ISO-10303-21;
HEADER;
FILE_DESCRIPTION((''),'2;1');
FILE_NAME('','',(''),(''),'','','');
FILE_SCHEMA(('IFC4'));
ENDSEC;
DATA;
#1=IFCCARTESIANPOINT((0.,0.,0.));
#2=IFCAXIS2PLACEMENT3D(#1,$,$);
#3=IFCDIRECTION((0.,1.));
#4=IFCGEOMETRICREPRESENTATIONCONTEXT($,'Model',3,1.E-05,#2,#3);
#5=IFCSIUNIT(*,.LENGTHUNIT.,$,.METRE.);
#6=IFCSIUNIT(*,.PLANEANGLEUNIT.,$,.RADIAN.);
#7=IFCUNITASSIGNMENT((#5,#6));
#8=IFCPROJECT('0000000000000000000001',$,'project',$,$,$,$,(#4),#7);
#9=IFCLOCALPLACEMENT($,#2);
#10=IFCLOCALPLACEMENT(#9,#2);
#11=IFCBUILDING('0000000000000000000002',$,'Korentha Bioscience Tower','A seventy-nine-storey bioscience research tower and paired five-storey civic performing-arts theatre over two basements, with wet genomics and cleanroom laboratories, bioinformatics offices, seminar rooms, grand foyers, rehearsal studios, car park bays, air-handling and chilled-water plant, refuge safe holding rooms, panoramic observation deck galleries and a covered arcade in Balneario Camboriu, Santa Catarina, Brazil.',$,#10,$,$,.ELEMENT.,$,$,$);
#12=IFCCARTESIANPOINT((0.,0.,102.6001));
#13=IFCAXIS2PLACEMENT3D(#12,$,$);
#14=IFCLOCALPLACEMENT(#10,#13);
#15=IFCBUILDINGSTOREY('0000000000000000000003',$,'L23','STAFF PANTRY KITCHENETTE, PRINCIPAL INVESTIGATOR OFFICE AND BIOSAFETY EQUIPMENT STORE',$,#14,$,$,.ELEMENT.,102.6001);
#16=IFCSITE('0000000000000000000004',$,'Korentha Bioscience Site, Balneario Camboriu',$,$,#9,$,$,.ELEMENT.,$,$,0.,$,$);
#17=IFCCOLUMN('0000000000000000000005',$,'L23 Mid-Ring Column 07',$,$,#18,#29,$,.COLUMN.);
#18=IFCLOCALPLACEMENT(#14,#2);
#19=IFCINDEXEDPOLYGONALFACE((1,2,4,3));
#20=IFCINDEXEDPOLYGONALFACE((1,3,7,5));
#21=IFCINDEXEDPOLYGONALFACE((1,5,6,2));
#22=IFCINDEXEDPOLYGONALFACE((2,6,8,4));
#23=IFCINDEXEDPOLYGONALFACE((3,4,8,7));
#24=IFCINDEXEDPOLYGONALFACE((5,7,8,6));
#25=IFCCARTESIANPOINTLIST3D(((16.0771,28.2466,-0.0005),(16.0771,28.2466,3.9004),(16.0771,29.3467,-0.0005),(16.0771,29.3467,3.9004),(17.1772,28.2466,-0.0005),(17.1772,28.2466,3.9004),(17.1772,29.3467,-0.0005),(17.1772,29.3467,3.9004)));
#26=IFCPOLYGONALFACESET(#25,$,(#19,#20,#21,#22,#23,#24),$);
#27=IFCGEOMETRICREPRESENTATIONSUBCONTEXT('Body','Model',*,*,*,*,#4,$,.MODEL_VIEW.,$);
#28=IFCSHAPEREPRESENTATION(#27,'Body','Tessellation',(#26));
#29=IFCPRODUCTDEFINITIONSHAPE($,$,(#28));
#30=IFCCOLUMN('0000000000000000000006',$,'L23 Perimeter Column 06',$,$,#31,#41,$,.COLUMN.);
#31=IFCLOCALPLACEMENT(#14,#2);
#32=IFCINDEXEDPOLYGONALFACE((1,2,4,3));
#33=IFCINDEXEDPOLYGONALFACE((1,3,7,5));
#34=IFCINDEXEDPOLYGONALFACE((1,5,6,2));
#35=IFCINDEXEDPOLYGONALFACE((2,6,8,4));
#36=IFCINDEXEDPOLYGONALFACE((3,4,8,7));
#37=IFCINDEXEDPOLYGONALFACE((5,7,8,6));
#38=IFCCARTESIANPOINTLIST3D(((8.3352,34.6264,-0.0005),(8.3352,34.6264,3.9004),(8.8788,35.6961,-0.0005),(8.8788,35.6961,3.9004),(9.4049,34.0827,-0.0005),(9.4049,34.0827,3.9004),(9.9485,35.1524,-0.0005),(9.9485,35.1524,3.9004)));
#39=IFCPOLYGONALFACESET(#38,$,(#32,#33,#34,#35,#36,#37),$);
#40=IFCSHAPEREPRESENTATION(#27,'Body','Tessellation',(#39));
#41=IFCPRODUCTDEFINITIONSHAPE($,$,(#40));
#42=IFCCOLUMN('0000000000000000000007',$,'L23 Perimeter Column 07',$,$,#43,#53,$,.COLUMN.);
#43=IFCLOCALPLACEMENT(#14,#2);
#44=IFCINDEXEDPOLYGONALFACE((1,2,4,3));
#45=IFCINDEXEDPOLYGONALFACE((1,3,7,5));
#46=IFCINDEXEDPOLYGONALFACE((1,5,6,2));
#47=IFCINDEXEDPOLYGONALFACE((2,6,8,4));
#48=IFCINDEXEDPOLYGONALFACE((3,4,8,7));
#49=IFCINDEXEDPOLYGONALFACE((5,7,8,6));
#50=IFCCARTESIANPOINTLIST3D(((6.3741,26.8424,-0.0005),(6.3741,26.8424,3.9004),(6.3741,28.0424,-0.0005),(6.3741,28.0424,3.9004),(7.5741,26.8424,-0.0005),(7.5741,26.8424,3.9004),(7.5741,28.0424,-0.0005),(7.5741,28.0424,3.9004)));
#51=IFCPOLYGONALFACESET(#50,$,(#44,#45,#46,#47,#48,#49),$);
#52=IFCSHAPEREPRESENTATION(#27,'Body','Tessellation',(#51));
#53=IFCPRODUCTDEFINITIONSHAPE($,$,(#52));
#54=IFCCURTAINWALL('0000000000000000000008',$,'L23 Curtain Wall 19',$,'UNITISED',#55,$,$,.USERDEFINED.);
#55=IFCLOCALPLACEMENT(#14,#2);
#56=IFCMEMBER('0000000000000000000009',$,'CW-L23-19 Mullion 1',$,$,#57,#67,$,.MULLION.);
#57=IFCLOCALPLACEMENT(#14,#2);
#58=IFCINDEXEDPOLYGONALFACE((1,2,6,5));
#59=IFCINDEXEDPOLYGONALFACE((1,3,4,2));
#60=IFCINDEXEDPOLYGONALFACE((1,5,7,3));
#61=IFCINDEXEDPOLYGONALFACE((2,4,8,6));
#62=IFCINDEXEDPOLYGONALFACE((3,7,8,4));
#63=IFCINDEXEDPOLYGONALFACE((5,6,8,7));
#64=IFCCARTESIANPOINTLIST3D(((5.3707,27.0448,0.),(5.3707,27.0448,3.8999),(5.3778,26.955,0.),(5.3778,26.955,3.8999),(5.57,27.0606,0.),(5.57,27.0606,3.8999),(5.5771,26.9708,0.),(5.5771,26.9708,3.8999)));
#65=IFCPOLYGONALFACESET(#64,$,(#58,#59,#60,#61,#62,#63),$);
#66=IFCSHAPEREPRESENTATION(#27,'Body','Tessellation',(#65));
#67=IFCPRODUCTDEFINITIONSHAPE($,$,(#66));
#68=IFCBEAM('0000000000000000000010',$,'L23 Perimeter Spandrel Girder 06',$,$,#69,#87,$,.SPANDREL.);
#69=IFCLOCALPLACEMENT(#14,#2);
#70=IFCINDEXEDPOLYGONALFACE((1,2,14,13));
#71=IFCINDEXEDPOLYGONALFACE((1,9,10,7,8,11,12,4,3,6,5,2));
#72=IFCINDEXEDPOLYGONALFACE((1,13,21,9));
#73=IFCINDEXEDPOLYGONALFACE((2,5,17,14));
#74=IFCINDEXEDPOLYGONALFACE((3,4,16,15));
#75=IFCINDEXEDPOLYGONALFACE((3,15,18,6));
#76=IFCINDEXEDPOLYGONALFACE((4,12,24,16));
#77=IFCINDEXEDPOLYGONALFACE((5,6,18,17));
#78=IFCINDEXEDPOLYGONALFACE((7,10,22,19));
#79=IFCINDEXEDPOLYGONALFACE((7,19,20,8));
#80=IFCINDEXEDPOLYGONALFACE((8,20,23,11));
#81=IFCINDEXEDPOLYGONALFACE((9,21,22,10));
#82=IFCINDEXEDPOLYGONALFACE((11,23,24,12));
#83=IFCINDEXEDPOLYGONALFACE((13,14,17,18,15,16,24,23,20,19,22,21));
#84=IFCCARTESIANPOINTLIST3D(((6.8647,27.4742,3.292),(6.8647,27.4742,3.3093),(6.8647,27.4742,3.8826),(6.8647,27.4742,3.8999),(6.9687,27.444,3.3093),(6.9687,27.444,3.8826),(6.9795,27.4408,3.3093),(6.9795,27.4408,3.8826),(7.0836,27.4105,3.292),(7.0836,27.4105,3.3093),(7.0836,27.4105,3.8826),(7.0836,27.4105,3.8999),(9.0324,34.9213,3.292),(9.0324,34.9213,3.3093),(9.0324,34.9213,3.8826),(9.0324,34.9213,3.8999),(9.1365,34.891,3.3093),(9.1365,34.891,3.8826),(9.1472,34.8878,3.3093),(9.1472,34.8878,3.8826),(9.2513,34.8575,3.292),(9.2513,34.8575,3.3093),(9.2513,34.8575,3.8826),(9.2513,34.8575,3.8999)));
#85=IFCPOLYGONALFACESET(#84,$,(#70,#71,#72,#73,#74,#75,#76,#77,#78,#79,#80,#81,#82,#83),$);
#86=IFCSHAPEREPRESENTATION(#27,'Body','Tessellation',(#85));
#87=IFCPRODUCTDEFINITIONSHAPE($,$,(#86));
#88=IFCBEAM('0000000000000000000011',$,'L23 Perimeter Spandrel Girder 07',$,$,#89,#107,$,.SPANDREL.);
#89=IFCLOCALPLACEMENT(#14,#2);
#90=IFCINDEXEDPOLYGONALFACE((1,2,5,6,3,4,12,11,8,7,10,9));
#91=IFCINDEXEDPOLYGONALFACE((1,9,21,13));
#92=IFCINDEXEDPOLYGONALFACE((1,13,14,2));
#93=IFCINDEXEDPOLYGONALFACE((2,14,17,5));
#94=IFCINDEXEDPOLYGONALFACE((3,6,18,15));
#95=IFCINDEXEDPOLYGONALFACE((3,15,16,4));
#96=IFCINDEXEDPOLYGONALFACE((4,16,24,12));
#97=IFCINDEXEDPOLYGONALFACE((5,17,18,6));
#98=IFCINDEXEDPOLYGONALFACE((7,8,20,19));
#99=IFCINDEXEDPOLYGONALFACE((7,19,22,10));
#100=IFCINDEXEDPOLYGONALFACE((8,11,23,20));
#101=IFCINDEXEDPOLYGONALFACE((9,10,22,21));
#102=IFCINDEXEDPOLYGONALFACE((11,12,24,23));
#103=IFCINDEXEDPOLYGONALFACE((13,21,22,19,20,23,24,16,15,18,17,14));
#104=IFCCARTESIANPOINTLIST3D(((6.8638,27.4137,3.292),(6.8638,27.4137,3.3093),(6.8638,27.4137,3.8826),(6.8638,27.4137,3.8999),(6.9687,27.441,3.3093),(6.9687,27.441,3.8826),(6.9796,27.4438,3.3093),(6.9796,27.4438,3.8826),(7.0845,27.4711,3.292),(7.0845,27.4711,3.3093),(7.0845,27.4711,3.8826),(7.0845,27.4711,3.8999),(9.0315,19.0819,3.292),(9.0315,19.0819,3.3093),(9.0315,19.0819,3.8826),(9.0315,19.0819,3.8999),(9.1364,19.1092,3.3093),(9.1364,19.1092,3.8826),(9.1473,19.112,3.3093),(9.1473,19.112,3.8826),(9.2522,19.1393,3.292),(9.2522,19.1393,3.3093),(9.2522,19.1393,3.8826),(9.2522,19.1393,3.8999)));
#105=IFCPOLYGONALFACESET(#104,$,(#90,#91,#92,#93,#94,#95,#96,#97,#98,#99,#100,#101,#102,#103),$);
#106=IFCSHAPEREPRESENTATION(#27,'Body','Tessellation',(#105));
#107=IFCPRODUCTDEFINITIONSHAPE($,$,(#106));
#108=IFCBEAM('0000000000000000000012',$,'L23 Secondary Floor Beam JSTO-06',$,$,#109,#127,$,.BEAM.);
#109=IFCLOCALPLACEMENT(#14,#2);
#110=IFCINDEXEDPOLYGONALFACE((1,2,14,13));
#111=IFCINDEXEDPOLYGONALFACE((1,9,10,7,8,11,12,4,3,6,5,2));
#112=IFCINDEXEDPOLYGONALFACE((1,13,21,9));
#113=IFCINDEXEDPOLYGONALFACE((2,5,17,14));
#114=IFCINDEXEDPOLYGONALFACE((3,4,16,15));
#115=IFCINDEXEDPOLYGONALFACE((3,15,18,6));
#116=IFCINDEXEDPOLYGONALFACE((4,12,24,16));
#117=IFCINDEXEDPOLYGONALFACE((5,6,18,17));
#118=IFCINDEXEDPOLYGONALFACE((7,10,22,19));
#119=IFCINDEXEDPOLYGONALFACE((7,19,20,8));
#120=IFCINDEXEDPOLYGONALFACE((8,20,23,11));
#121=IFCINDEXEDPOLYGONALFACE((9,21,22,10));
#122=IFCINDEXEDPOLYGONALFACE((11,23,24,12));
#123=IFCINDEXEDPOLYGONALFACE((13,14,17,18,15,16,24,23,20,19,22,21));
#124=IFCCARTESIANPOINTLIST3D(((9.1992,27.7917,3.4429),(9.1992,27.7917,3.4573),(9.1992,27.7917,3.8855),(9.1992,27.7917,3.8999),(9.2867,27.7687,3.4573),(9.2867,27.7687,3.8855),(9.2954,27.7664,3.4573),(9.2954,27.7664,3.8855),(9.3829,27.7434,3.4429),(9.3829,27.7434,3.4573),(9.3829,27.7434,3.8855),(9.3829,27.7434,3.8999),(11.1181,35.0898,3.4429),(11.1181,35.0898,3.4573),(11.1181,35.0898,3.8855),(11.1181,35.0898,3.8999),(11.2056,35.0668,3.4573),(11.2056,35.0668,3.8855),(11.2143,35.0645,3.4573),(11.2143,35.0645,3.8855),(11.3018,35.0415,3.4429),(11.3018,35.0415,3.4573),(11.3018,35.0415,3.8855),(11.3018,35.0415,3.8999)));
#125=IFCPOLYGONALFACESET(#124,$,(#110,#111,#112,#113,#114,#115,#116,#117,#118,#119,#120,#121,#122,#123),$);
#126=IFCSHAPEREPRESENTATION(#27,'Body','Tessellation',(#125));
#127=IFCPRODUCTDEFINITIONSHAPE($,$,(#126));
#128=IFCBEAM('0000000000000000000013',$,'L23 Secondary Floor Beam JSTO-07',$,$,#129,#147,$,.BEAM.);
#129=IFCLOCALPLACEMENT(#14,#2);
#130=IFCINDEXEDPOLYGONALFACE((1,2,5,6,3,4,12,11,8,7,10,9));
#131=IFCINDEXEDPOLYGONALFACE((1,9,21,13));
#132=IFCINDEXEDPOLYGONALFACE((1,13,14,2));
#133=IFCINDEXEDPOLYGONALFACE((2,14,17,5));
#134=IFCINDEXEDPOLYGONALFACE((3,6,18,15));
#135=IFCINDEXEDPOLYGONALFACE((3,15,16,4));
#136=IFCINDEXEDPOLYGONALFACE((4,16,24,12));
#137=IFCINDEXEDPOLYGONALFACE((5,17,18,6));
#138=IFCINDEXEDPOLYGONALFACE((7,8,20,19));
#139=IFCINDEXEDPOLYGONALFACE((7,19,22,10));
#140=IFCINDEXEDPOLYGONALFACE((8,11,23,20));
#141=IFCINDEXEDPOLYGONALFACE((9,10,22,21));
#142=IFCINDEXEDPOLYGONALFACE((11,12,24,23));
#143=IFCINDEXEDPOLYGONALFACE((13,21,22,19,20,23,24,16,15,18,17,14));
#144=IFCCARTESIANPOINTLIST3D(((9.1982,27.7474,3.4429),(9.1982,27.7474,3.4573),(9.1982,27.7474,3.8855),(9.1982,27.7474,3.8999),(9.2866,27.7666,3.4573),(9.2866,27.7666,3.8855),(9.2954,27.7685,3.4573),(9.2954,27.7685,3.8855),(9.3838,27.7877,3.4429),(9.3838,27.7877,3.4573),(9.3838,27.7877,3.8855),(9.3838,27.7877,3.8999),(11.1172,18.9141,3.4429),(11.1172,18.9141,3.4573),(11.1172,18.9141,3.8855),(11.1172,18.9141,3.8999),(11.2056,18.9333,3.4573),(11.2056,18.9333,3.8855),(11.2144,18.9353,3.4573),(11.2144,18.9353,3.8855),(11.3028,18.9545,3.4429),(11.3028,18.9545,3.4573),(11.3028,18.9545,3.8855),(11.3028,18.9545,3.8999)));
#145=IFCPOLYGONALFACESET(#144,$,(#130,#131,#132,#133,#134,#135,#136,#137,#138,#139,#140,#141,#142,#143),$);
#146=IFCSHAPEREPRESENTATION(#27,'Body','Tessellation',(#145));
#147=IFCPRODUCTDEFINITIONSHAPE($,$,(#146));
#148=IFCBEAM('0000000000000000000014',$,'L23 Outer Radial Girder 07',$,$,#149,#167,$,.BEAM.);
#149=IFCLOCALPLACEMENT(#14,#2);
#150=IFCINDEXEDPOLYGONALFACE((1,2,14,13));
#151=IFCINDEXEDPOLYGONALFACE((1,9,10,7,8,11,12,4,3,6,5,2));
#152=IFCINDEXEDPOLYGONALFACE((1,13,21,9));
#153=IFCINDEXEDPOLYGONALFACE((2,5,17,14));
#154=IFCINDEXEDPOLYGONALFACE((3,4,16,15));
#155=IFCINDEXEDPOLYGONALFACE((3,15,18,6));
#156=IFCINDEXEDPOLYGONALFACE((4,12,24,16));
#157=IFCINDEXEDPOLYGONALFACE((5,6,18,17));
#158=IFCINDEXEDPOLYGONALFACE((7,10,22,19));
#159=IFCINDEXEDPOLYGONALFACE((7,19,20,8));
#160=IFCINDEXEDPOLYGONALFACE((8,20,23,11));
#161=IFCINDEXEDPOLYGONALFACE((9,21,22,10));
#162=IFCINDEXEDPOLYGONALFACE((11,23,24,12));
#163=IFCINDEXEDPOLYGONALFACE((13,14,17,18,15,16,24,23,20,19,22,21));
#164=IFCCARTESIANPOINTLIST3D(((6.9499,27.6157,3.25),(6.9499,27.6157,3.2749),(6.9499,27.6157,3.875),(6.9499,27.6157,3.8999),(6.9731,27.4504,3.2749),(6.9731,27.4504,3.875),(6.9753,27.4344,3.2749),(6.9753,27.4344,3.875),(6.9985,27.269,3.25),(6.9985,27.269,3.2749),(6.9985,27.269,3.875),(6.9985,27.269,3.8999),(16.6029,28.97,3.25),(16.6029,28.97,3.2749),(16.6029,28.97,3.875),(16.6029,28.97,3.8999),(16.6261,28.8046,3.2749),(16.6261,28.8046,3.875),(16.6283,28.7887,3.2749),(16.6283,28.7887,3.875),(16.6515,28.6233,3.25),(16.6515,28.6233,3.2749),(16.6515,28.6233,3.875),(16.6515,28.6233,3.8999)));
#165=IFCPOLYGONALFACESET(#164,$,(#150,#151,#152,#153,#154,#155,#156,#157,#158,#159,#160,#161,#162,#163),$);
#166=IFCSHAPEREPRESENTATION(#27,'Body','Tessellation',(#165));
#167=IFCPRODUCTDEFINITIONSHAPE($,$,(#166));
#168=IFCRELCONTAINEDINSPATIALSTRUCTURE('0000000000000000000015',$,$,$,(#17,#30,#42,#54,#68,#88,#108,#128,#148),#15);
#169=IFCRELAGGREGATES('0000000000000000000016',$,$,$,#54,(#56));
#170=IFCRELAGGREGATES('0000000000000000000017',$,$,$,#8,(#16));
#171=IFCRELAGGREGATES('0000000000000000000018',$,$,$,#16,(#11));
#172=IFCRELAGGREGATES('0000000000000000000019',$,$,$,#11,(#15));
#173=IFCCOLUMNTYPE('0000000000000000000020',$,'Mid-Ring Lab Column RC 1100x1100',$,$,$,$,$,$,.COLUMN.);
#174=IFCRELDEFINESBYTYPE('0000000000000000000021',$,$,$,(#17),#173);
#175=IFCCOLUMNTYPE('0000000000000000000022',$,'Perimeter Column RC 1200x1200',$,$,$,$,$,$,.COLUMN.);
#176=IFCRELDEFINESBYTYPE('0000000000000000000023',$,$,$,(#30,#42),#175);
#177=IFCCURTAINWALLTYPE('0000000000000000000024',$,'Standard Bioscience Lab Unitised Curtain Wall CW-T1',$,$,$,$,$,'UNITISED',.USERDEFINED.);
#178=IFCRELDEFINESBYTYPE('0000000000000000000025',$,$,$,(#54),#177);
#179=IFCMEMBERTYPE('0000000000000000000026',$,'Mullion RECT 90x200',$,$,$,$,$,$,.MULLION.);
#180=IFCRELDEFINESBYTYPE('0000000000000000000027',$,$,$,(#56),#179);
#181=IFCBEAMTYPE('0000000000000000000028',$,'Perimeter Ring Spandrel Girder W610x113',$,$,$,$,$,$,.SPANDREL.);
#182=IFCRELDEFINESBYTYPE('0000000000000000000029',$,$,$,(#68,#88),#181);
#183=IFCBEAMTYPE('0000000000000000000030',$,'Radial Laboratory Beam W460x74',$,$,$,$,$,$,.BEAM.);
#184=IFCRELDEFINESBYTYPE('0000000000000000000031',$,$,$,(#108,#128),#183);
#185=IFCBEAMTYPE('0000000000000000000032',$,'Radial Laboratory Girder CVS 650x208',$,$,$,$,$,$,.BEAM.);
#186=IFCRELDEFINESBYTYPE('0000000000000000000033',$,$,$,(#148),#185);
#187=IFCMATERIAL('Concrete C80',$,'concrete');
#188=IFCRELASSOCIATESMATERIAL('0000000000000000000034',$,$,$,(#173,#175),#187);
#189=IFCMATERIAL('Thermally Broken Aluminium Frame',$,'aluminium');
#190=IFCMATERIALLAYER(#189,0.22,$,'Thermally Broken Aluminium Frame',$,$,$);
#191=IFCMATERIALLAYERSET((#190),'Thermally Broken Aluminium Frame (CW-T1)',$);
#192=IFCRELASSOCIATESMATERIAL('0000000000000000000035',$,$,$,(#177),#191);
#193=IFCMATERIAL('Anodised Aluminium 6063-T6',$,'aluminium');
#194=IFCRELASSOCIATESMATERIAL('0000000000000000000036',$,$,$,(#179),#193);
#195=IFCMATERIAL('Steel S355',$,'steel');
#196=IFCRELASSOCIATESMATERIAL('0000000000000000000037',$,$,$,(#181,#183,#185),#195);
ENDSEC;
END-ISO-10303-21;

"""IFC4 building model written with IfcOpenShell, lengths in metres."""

from ifc_helpers import new_model, si_unit, direction, frame, origin, origin_2d, place, context, subcontext, project, spatial, rectangle, i_section, extrude, material, layer, layer_set, material_profile, profile_set, type_object, element, aggregate, save


model = new_model("IFC4")

# Units and contexts
model_context = context("Model", 3, precision=1e-05, world=origin(), true_north=direction((0.0, 1.0)))
body_context = subcontext(model_context, "Body", "Model", "MODEL_VIEW")
ifc_project = project(units=[si_unit("LENGTHUNIT", "METRE"), si_unit("PLANEANGLEUNIT", "RADIAN")], contexts=[model_context])

# Site, building, storey
site_placement = place(None, origin())
site = spatial("IfcSite", under=ifc_project, at=site_placement, Name="Korentha Bioscience Site, Balneario Camboriu", CompositionType="ELEMENT", RefElevation=0.0)
building_placement = place(site_placement, origin())
building = spatial("IfcBuilding", under=site, at=building_placement, Name="Korentha Bioscience Tower", Description="A seventy-nine-storey bioscience research tower and paired five-storey civic performing-arts theatre over two basements, with wet genomics and cleanroom laboratories, bioinformatics offices, seminar rooms, grand foyers, rehearsal studios, car park bays, air-handling and chilled-water plant, refuge safe holding rooms, panoramic observation deck galleries and a covered arcade in Balneario Camboriu, Santa Catarina, Brazil.", CompositionType="ELEMENT")
storey_placement = place(building_placement, frame((0.0, 0.0, 102.6001)))
storey = spatial("IfcBuildingStorey", under=building, at=storey_placement, Name="L23", Description="STAFF PANTRY KITCHENETTE, PRINCIPAL INVESTIGATOR OFFICE AND BIOSAFETY EQUIPMENT STORE", CompositionType="ELEMENT", Elevation=102.6001)

# Columns
ifc_material_1 = material(Name="Concrete C80", Category="concrete")
ifc_material_profile_1 = material_profile(ifc_material_1, rectangle(XDim=1.1001, YDim=1.1001, at=origin_2d()), Name="Concrete C80")
ifc_profile_set_1 = profile_set([ifc_material_profile_1], Name="Concrete C80 (COL-MR11)")
column_type_1 = type_object("IfcColumnType", Name="Mid-Ring Lab Column RC 1100x1100", PredefinedType="COLUMN", material=ifc_profile_set_1)
column_placement = place(storey_placement, frame((16.6272, 28.7966, -0.0005), z_axis=(0.0, 0.0, 1.0), x_axis=(1.0, 0.0, 0.0)))
element("IfcColumn", 1, at=column_placement, inside=storey, type_object=column_type_1, Name="L23 Mid-Ring Column 07", PredefinedType="COLUMN", context=body_context, shape_type="SweptSolid", body=[
    extrude(rectangle(XDim=1.1001, YDim=1.1001, at=origin_2d()), origin(), (0.0, 0.0, 1.0), 3.9009),
])
ifc_material_profile_2 = material_profile(ifc_material_1, rectangle(XDim=1.2, YDim=1.2, at=origin_2d()), Name="Concrete C80")
ifc_profile_set_2 = profile_set([ifc_material_profile_2], Name="Concrete C80 (COL-P12)")
column_type_2 = type_object("IfcColumnType", Name="Perimeter Column RC 1200x1200", PredefinedType="COLUMN", material=ifc_profile_set_2)
for number, where, z_axis, x_axis, name in (
    (2, (9.1418, 34.8894, -0.0005), (0.0, 0.0, 1.0), (0.453057, 0.891481, 0.0), "L23 Perimeter Column 06"),
    (3, (6.9741, 27.4424, -0.0005), (0.0, 0.0, 1.0), (0.0, 1.0, 0.0), "L23 Perimeter Column 07"),
):
    element("IfcColumn", number, at=place(storey_placement, frame(where, z_axis=z_axis, x_axis=x_axis)), inside=storey, type_object=column_type_2, Name=name, PredefinedType="COLUMN", context=body_context, shape_type="SweptSolid", body=[
        extrude(rectangle(XDim=1.2, YDim=1.2, at=origin_2d()), origin(), (0.0, 0.0, 1.0), 3.9009),
    ])

# Curtain wall, member
ifc_material_2 = material(Name="Thermally Broken Aluminium Frame", Category="aluminium")
ifc_layer_1 = layer(ifc_material_2, 0.22, Name="Thermally Broken Aluminium Frame")
ifc_layer_set_1 = layer_set([ifc_layer_1], Name="Thermally Broken Aluminium Frame (CW-T1)")
curtain_wall_type = type_object("IfcCurtainWallType", Name="Standard Bioscience Lab Unitised Curtain Wall CW-T1", ElementType="UNITISED", PredefinedType="USERDEFINED", material=ifc_layer_set_1)
curtain_wall_placement = place(storey_placement, origin())
curtain_wall = element("IfcCurtainWall", 4, at=curtain_wall_placement, inside=storey, type_object=curtain_wall_type, Name="L23 Curtain Wall 19", ObjectType="UNITISED", PredefinedType="USERDEFINED")
ifc_material_3 = material(Name="Anodised Aluminium 6063-T6", Category="aluminium")
ifc_material_profile_3 = material_profile(ifc_material_3, rectangle(XDim=0.0901, YDim=0.2, at=origin_2d()), Name="Anodised Aluminium 6063-T6")
ifc_profile_set_3 = profile_set([ifc_material_profile_3], Name="Anodised Aluminium 6063-T6 (CW-MUL)")
member_type_1 = type_object("IfcMemberType", Name="Mullion RECT 90x200", PredefinedType="MULLION", material=ifc_profile_set_3)
member_1_placement = place(storey_placement, frame((5.4739, 27.0078, 0.0), z_axis=(0.0, 0.0, 1.0), x_axis=(0.07913, -0.996864, 0.0)))
member_1 = element("IfcMember", 5, at=member_1_placement, type_object=member_type_1, Name="CW-L23-19 Mullion 1", PredefinedType="MULLION", context=body_context, shape_type="SweptSolid", body=[
    extrude(rectangle(XDim=0.0901, YDim=0.2, at=origin_2d()), origin(), (0.0, 0.0, 1.0), 3.8999),
])

# Beams
ifc_material_4 = material(Name="Steel S355", Category="steel")
ifc_material_profile_4 = material_profile(ifc_material_4, i_section(OverallWidth=0.228, OverallDepth=0.6079, WebThickness=0.0112, FlangeThickness=0.0173, at=origin_2d()), Name="Steel S355")
ifc_profile_set_4 = profile_set([ifc_material_profile_4], Name="Steel S355 (SB-610)")
beam_type_1 = type_object("IfcBeamType", Name="Perimeter Ring Spandrel Girder W610x113", PredefinedType="SPANDREL", material=ifc_profile_set_4)
beam_1_placement = place(storey_placement, frame((9.1418, 34.8894, 3.5959), z_axis=(-0.279486, -0.96015, 0.0), x_axis=(0.96015, -0.279486, 0.0)))
element("IfcBeam", 6, at=beam_1_placement, inside=storey, type_object=beam_type_1, Name="L23 Perimeter Spandrel Girder 06", PredefinedType="SPANDREL", context=body_context, shape_type="SweptSolid", body=[
    extrude(i_section(OverallWidth=0.228, OverallDepth=0.6079, WebThickness=0.0112, FlangeThickness=0.0173, at=origin_2d()), origin(), (0.0, 0.0, 1.0), 7.7561),
])
beam_2_placement = place(storey_placement, frame((6.9741, 27.4424, 3.5959), z_axis=(0.251793, -0.967781, 0.0), x_axis=(0.967781, 0.251793, 0.0)))
element("IfcBeam", 7, at=beam_2_placement, inside=storey, type_object=beam_type_1, Name="L23 Perimeter Spandrel Girder 07", PredefinedType="SPANDREL", context=body_context, shape_type="SweptSolid", body=[
    extrude(i_section(OverallWidth=0.228, OverallDepth=0.6079, WebThickness=0.0112, FlangeThickness=0.0173, at=origin_2d()), origin(), (0.0, 0.0, 1.0), 8.6091),
])
ifc_material_profile_5 = material_profile(ifc_material_4, i_section(OverallWidth=0.1899, OverallDepth=0.457, WebThickness=0.009, FlangeThickness=0.0144, at=origin_2d()), Name="Steel S355")
ifc_profile_set_5 = profile_set([ifc_material_profile_5], Name="Steel S355 (RB-460)")
beam_type_2 = type_object("IfcBeamType", Name="Radial Laboratory Beam W460x74", PredefinedType="BEAM", material=ifc_profile_set_5)
beam_3_placement = place(storey_placement, frame((11.21, 35.0657, 3.6714), z_axis=(-0.254294, -0.967127, 0.0), x_axis=(0.967127, -0.254294, 0.0)))
element("IfcBeam", 8, at=beam_3_placement, inside=storey, type_object=beam_type_2, Name="L23 Secondary Floor Beam JSTO-06", PredefinedType="BEAM", context=body_context, shape_type="SweptSolid", body=[
    extrude(i_section(OverallWidth=0.1899, OverallDepth=0.457, WebThickness=0.009, FlangeThickness=0.0144, at=origin_2d()), origin(), (0.0, 0.0, 1.0), 7.5461),
])
beam_4_placement = place(storey_placement, frame((9.291, 27.7676, 3.6714), z_axis=(0.212289, -0.977207, 0.0), x_axis=(0.977207, 0.212289, 0.0)))
element("IfcBeam", 9, at=beam_4_placement, inside=storey, type_object=beam_type_2, Name="L23 Secondary Floor Beam JSTO-07", PredefinedType="BEAM", context=body_context, shape_type="SweptSolid", body=[
    extrude(i_section(OverallWidth=0.1899, OverallDepth=0.457, WebThickness=0.009, FlangeThickness=0.0144, at=origin_2d()), origin(), (0.0, 0.0, 1.0), 9.0393),
])
ifc_material_profile_6 = material_profile(ifc_material_4, i_section(OverallWidth=0.3501, OverallDepth=0.6499, WebThickness=0.0161, FlangeThickness=0.0249, at=origin_2d()), Name="Steel S355")
ifc_profile_set_6 = profile_set([ifc_material_profile_6], Name="Steel S355 (RB-650)")
beam_type_3 = type_object("IfcBeamType", Name="Radial Laboratory Girder CVS 650x208", PredefinedType="BEAM", material=ifc_profile_set_6)
beam_5_placement = place(storey_placement, frame((16.6272, 28.7966, 3.575), z_axis=(-0.990302, -0.138931, 0.0), x_axis=(0.138931, -0.990302, 0.0)))
element("IfcBeam", 10, at=beam_5_placement, inside=storey, type_object=beam_type_3, Name="L23 Outer Radial Girder 07", PredefinedType="BEAM", context=body_context, shape_type="SweptSolid", body=[
    extrude(i_section(OverallWidth=0.3501, OverallDepth=0.6499, WebThickness=0.0161, FlangeThickness=0.0249, at=origin_2d()), origin(), (0.0, 0.0, 1.0), 9.7476),
])

aggregate(curtain_wall, [member_1])

save(model, "model.ifc")
